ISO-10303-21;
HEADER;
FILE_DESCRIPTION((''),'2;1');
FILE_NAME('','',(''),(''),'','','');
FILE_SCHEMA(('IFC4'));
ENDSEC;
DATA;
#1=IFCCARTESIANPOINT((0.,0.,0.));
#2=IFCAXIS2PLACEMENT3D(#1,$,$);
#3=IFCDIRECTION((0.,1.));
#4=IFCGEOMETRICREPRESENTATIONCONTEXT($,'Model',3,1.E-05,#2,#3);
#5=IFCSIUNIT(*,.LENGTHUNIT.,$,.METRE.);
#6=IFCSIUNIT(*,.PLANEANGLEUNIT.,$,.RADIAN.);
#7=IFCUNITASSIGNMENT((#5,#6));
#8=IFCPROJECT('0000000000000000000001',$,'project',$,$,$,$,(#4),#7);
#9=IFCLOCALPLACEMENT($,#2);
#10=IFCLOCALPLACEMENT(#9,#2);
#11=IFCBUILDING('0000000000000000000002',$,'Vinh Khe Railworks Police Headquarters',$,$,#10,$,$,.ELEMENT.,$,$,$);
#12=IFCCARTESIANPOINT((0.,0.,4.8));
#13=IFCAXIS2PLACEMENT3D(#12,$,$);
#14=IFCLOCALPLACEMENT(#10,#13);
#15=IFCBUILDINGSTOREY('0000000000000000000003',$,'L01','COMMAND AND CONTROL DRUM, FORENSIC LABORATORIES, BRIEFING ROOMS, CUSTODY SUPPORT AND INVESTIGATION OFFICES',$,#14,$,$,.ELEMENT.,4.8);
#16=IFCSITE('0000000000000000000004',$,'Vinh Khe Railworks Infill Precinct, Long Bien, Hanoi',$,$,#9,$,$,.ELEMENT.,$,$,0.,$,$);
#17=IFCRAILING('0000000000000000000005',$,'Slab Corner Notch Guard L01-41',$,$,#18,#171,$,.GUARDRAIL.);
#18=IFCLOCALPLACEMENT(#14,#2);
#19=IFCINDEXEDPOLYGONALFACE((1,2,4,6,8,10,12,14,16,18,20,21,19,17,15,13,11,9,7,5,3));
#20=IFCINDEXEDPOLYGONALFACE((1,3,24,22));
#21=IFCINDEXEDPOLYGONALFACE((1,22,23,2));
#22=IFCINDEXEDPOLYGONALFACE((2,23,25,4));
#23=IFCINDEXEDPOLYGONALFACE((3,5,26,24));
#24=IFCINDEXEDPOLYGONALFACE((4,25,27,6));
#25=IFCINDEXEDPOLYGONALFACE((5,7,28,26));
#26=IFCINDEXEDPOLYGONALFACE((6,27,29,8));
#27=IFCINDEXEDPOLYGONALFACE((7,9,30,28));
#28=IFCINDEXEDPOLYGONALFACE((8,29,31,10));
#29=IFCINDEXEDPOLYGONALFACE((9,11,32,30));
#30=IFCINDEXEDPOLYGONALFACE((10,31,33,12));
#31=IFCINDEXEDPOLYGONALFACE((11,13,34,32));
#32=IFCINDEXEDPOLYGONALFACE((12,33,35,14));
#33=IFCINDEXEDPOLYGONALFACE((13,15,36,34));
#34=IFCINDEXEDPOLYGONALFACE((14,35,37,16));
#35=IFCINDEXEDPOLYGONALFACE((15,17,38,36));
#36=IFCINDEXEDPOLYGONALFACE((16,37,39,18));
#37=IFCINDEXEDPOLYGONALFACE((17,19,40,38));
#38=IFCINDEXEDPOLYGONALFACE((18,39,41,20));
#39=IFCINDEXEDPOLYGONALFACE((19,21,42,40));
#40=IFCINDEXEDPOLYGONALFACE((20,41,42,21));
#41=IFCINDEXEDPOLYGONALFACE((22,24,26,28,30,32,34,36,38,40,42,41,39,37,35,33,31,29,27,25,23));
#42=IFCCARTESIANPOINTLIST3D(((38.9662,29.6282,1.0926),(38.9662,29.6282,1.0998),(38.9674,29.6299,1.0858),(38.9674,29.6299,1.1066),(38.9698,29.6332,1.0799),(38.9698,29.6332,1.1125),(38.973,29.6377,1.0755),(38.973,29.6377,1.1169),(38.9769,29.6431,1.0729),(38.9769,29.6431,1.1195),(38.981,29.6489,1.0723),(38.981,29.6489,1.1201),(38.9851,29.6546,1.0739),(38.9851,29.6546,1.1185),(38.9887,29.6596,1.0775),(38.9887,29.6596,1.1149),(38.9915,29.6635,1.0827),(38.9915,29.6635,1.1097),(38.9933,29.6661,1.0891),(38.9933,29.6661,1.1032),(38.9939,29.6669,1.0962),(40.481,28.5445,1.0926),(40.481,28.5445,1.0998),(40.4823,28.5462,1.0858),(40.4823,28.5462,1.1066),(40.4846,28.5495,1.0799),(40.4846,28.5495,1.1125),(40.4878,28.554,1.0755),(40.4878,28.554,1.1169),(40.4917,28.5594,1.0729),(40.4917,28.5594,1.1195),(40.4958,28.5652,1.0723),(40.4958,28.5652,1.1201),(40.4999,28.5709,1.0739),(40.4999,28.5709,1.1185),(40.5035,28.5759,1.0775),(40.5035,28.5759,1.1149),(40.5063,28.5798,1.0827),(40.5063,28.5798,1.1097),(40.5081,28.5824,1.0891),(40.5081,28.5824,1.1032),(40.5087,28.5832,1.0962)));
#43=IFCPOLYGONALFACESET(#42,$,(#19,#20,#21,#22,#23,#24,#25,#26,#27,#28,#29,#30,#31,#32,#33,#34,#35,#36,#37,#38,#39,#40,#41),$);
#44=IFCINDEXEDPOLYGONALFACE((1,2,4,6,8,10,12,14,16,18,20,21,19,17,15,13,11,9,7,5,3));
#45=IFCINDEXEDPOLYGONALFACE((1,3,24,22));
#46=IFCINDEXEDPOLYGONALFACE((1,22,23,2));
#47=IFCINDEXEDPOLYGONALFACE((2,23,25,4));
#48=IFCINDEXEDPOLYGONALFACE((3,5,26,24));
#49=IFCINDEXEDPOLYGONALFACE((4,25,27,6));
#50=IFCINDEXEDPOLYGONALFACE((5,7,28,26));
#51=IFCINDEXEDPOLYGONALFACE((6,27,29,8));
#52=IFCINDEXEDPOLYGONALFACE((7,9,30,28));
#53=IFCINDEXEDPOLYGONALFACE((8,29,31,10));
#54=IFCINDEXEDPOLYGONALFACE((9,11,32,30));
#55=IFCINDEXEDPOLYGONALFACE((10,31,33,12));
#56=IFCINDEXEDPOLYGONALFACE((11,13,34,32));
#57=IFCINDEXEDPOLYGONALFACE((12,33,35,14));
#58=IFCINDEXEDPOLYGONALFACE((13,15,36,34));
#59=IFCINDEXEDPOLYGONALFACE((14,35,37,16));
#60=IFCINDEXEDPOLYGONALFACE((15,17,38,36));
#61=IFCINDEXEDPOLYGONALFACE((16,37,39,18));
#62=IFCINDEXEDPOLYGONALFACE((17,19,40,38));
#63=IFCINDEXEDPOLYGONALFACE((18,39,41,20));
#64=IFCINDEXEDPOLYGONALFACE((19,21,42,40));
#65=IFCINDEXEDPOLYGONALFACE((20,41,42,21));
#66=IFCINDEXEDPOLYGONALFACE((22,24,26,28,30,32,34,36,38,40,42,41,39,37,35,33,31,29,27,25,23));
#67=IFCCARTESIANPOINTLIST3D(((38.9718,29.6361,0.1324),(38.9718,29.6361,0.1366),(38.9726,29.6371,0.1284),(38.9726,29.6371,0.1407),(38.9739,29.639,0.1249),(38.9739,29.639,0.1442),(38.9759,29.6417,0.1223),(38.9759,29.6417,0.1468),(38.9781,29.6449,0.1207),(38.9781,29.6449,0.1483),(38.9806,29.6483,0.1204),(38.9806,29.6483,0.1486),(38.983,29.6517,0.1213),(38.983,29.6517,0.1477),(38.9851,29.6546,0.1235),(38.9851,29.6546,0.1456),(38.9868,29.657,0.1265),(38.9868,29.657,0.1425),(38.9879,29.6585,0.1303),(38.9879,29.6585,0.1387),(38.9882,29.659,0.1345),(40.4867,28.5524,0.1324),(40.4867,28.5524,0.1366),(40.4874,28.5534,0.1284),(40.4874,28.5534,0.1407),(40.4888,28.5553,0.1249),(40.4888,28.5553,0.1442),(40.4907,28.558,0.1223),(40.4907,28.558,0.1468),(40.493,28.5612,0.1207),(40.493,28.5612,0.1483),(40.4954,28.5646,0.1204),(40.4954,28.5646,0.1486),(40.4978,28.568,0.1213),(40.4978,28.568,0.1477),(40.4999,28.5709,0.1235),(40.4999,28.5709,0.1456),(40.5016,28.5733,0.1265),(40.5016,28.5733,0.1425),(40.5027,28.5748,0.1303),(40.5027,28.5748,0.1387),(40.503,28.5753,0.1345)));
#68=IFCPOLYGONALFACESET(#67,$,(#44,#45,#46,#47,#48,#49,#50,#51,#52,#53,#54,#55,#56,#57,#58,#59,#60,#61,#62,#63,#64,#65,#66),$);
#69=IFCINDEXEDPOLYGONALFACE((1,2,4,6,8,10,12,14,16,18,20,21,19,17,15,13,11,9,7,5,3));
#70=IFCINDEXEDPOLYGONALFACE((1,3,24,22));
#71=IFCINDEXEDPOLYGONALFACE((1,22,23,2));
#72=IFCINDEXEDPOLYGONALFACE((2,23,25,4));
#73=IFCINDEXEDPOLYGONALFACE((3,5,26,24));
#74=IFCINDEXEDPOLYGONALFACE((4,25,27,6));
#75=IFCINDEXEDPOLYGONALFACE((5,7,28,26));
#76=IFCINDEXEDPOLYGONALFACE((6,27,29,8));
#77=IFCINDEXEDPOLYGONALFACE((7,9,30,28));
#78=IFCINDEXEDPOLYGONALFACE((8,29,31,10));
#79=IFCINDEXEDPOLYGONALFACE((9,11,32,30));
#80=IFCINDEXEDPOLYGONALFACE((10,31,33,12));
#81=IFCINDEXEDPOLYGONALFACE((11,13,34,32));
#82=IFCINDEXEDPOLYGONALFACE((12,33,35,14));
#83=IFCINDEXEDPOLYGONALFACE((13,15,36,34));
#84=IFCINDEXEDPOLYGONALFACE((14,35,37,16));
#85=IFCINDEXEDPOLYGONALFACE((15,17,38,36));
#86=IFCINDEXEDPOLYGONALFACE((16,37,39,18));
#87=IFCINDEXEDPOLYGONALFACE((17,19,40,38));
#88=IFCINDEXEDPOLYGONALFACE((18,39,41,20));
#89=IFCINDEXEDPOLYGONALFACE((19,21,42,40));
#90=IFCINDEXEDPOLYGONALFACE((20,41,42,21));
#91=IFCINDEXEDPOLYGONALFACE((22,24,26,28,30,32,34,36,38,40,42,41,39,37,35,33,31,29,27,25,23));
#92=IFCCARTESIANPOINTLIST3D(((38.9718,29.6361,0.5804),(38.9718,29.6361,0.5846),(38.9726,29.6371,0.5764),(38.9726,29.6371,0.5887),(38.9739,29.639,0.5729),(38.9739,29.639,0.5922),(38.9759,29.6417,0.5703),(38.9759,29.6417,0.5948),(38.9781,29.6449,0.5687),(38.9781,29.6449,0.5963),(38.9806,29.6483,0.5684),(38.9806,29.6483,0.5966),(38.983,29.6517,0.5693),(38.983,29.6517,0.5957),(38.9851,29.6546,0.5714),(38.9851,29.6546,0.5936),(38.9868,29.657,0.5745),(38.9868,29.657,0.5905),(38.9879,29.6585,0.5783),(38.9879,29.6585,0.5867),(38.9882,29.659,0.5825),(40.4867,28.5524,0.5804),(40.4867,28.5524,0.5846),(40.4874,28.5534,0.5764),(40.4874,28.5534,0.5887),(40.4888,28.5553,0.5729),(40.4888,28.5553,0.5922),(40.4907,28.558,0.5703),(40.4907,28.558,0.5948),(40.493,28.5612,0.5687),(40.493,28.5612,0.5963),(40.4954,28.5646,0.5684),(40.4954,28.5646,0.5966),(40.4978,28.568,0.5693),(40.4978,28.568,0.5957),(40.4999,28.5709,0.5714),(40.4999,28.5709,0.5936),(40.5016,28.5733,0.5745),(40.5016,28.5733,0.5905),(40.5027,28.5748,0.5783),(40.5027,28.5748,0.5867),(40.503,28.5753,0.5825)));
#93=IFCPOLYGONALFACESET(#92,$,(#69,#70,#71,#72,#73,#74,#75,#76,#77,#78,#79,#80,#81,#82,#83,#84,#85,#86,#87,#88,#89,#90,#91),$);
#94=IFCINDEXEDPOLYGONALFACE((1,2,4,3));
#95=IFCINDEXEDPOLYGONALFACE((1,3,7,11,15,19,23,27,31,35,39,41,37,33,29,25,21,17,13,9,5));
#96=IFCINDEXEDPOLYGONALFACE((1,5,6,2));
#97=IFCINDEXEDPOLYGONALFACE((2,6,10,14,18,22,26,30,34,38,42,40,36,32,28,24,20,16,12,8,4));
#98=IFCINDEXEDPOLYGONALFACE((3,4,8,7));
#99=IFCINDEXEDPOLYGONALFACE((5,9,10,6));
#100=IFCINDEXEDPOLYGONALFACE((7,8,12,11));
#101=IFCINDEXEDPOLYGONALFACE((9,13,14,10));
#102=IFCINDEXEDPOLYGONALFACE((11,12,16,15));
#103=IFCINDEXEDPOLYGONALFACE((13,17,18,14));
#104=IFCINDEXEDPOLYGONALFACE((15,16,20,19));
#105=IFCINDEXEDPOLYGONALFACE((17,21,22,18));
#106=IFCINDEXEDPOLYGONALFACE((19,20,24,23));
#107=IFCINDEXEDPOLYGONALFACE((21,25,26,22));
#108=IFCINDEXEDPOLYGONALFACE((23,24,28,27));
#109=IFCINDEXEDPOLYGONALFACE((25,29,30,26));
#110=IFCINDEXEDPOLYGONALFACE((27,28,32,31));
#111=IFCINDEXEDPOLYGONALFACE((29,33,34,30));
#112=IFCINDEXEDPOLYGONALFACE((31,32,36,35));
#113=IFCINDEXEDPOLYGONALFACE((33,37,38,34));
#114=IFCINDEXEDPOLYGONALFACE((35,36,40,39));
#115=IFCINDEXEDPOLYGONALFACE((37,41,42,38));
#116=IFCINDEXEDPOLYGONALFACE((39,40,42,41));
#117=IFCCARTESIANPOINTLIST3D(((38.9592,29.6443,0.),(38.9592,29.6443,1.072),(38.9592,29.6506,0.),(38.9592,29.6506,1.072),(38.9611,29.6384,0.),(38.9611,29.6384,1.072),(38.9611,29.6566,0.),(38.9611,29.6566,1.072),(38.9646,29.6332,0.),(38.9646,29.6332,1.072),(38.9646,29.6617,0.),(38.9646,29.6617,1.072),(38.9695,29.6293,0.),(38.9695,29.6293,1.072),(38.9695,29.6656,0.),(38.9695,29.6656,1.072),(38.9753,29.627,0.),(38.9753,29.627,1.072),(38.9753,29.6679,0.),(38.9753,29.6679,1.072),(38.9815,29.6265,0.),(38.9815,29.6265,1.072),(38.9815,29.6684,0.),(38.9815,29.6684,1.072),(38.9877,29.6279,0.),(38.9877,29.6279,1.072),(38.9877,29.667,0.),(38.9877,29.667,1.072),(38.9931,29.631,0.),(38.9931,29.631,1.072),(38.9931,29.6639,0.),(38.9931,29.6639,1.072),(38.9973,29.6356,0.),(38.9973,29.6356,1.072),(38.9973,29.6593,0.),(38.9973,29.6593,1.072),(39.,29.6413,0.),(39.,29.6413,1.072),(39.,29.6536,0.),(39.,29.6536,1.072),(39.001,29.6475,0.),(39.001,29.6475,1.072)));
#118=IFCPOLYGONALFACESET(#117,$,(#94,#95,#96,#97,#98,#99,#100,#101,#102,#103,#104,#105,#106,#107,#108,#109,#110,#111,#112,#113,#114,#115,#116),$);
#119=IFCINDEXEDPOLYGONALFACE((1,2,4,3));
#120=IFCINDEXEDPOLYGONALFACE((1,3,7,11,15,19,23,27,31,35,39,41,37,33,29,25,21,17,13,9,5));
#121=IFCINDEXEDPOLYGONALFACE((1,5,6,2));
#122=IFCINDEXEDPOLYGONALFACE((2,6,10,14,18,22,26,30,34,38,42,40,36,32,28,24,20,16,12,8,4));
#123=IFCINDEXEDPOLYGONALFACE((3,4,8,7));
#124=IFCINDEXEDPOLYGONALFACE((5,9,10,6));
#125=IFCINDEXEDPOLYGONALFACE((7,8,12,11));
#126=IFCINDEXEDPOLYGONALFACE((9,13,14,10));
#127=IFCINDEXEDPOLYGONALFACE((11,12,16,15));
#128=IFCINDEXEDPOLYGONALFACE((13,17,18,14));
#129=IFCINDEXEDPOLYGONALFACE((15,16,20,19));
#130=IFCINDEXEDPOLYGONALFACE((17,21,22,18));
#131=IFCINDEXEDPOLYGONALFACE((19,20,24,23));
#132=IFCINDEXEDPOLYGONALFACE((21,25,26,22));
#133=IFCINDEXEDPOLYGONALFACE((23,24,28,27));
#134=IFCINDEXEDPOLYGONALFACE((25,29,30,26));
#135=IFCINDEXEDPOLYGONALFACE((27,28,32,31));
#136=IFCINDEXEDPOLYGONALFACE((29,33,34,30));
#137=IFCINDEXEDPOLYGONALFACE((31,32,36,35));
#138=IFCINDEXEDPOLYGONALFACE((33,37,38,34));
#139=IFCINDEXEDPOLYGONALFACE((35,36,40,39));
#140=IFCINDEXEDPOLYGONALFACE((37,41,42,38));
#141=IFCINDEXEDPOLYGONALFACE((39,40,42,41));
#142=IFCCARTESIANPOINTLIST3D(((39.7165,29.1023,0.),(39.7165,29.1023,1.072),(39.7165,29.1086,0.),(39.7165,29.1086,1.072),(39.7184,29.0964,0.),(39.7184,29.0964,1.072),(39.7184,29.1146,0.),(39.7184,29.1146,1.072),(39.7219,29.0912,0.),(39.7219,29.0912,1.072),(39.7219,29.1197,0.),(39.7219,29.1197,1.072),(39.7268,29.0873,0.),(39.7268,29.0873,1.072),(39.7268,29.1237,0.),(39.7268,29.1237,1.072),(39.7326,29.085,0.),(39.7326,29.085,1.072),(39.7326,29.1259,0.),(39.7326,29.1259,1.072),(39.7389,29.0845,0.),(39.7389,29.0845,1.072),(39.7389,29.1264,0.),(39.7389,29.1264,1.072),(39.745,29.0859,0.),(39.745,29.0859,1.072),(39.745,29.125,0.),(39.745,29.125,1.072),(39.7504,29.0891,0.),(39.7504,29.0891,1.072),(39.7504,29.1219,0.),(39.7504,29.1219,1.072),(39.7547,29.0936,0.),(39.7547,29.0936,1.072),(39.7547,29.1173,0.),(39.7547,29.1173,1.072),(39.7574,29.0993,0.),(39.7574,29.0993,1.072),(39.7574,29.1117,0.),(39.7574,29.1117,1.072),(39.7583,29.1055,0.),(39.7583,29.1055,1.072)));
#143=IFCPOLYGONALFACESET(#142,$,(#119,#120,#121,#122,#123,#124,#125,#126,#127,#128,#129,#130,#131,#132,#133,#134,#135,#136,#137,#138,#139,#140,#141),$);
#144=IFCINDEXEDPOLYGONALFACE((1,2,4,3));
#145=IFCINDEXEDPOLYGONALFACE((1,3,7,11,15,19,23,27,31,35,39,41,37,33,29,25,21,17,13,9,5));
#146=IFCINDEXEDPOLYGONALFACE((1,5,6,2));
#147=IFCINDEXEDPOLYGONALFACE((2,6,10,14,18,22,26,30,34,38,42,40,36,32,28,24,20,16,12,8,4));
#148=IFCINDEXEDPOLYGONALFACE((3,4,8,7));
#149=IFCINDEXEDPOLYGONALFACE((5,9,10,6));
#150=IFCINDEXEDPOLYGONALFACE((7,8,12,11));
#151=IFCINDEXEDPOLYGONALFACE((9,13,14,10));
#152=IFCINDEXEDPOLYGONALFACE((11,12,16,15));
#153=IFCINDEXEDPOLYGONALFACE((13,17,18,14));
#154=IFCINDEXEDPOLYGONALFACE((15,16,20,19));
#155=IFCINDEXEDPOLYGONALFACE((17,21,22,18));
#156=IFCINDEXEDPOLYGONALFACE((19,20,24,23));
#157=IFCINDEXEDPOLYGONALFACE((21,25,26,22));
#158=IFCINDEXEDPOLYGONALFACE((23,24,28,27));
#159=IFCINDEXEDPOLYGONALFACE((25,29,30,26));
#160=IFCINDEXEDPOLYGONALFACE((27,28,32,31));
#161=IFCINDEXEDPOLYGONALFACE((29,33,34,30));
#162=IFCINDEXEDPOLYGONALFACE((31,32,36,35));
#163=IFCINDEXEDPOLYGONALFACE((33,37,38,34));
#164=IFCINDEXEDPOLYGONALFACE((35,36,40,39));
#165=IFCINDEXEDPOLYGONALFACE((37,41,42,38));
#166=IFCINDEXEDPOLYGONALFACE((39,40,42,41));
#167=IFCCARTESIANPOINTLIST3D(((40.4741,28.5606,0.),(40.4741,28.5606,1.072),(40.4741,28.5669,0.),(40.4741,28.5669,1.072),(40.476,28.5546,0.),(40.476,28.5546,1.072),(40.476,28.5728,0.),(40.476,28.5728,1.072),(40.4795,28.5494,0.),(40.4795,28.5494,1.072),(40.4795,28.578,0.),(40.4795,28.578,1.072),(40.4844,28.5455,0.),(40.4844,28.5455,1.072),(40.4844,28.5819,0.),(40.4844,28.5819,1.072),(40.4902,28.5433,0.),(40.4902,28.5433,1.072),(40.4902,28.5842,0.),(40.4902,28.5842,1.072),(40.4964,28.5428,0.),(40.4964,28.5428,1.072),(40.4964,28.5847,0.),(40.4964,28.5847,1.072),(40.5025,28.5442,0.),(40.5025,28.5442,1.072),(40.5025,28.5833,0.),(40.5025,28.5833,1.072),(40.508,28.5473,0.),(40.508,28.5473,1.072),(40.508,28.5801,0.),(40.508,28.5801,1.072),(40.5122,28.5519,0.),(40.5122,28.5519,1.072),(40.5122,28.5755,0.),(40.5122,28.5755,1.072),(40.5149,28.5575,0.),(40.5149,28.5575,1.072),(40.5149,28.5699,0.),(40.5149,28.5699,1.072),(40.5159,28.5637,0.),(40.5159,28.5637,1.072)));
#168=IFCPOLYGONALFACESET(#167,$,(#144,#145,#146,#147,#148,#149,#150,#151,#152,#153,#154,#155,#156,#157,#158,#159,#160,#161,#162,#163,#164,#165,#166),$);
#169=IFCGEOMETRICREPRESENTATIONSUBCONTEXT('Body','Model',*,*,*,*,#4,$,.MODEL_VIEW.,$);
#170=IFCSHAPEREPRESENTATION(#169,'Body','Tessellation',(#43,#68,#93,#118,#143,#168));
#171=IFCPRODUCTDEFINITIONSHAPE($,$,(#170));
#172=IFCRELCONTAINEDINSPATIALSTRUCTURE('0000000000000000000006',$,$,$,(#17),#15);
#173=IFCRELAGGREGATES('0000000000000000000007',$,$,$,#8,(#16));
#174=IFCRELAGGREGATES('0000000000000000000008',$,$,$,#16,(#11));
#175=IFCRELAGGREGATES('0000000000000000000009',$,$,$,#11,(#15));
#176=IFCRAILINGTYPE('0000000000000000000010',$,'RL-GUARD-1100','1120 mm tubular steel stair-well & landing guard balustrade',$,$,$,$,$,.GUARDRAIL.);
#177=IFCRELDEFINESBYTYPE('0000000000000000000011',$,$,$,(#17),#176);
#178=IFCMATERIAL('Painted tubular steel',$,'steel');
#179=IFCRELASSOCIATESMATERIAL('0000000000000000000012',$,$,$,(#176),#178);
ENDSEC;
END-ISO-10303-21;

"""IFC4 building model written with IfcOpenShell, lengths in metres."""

from ifc_helpers import new_model, si_unit, direction, frame, origin, origin_2d, place, context, subcontext, project, spatial, circle, extrude, material, type_object, element, save


model = new_model("IFC4")

# Units and contexts
model_context = context("Model", 3, precision=1e-05, world=origin(), true_north=direction((0.0, 1.0)))
body_context = subcontext(model_context, "Body", "Model", "MODEL_VIEW")
ifc_project = project(units=[si_unit("LENGTHUNIT", "METRE"), si_unit("PLANEANGLEUNIT", "RADIAN")], contexts=[model_context])

# Site, building, storey
site_placement = place(None, origin())
site = spatial("IfcSite", under=ifc_project, at=site_placement, Name="Vinh Khe Railworks Infill Precinct, Long Bien, Hanoi", CompositionType="ELEMENT", RefElevation=0.0)
building_placement = place(site_placement, origin())
building = spatial("IfcBuilding", under=site, at=building_placement, Name="Vinh Khe Railworks Police Headquarters", CompositionType="ELEMENT")
storey_placement = place(building_placement, frame((0.0, 0.0, 4.8)))
storey = spatial("IfcBuildingStorey", under=building, at=storey_placement, Name="L01", Description="COMMAND AND CONTROL DRUM, FORENSIC LABORATORIES, BRIEFING ROOMS, CUSTODY SUPPORT AND INVESTIGATION OFFICES", CompositionType="ELEMENT", Elevation=4.8)

# Railing
ifc_material_1 = material(Name="Painted tubular steel", Category="steel")
railing_type = type_object("IfcRailingType", Name="RL-GUARD-1100", Description="1120 mm tubular steel stair-well & landing guard balustrade", PredefinedType="GUARDRAIL", material=ifc_material_1)
railing_1_placement = place(storey_placement, frame((38.98, 29.6475, 0.0)))
element("IfcRailing", 1, at=railing_1_placement, inside=storey, type_object=railing_type, Name="Slab Corner Notch Guard L01-41", PredefinedType="GUARDRAIL", context=body_context, shape_type="SweptSolid", body=[
    extrude(circle(Radius=0.0239, at=origin_2d()), frame((0.0, 0.0, 1.0962), z_axis=(0.813308, -0.581833, 0.0), x_axis=(0.581833, 0.813308, 0.0)), (0.0, 0.0, 1.0), 1.8625),
    extrude(circle(Radius=0.0142, at=origin_2d()), frame((0.0, 0.0, 0.1345), z_axis=(0.813308, -0.581833, 0.0), x_axis=(0.581833, 0.813308, 0.0)), (0.0, 0.0, 1.0), 1.8625),
    extrude(circle(Radius=0.0142, at=origin_2d()), frame((0.0, 0.0, 0.5825), z_axis=(0.813308, -0.581833, 0.0), x_axis=(0.581833, 0.813308, 0.0)), (0.0, 0.0, 1.0), 1.8625),
    extrude(circle(Radius=0.021, at=origin_2d()), origin(), (0.0, 0.0, 1.0), 1.072),
    extrude(circle(Radius=0.021, at=origin_2d()), frame((0.7573, -0.542, 0.0)), (0.0, 0.0, 1.0), 1.072),
    extrude(circle(Radius=0.021, at=origin_2d()), frame((1.5149, -1.0837, 0.0)), (0.0, 0.0, 1.0), 1.072),
])

save(model, "model.ifc")
